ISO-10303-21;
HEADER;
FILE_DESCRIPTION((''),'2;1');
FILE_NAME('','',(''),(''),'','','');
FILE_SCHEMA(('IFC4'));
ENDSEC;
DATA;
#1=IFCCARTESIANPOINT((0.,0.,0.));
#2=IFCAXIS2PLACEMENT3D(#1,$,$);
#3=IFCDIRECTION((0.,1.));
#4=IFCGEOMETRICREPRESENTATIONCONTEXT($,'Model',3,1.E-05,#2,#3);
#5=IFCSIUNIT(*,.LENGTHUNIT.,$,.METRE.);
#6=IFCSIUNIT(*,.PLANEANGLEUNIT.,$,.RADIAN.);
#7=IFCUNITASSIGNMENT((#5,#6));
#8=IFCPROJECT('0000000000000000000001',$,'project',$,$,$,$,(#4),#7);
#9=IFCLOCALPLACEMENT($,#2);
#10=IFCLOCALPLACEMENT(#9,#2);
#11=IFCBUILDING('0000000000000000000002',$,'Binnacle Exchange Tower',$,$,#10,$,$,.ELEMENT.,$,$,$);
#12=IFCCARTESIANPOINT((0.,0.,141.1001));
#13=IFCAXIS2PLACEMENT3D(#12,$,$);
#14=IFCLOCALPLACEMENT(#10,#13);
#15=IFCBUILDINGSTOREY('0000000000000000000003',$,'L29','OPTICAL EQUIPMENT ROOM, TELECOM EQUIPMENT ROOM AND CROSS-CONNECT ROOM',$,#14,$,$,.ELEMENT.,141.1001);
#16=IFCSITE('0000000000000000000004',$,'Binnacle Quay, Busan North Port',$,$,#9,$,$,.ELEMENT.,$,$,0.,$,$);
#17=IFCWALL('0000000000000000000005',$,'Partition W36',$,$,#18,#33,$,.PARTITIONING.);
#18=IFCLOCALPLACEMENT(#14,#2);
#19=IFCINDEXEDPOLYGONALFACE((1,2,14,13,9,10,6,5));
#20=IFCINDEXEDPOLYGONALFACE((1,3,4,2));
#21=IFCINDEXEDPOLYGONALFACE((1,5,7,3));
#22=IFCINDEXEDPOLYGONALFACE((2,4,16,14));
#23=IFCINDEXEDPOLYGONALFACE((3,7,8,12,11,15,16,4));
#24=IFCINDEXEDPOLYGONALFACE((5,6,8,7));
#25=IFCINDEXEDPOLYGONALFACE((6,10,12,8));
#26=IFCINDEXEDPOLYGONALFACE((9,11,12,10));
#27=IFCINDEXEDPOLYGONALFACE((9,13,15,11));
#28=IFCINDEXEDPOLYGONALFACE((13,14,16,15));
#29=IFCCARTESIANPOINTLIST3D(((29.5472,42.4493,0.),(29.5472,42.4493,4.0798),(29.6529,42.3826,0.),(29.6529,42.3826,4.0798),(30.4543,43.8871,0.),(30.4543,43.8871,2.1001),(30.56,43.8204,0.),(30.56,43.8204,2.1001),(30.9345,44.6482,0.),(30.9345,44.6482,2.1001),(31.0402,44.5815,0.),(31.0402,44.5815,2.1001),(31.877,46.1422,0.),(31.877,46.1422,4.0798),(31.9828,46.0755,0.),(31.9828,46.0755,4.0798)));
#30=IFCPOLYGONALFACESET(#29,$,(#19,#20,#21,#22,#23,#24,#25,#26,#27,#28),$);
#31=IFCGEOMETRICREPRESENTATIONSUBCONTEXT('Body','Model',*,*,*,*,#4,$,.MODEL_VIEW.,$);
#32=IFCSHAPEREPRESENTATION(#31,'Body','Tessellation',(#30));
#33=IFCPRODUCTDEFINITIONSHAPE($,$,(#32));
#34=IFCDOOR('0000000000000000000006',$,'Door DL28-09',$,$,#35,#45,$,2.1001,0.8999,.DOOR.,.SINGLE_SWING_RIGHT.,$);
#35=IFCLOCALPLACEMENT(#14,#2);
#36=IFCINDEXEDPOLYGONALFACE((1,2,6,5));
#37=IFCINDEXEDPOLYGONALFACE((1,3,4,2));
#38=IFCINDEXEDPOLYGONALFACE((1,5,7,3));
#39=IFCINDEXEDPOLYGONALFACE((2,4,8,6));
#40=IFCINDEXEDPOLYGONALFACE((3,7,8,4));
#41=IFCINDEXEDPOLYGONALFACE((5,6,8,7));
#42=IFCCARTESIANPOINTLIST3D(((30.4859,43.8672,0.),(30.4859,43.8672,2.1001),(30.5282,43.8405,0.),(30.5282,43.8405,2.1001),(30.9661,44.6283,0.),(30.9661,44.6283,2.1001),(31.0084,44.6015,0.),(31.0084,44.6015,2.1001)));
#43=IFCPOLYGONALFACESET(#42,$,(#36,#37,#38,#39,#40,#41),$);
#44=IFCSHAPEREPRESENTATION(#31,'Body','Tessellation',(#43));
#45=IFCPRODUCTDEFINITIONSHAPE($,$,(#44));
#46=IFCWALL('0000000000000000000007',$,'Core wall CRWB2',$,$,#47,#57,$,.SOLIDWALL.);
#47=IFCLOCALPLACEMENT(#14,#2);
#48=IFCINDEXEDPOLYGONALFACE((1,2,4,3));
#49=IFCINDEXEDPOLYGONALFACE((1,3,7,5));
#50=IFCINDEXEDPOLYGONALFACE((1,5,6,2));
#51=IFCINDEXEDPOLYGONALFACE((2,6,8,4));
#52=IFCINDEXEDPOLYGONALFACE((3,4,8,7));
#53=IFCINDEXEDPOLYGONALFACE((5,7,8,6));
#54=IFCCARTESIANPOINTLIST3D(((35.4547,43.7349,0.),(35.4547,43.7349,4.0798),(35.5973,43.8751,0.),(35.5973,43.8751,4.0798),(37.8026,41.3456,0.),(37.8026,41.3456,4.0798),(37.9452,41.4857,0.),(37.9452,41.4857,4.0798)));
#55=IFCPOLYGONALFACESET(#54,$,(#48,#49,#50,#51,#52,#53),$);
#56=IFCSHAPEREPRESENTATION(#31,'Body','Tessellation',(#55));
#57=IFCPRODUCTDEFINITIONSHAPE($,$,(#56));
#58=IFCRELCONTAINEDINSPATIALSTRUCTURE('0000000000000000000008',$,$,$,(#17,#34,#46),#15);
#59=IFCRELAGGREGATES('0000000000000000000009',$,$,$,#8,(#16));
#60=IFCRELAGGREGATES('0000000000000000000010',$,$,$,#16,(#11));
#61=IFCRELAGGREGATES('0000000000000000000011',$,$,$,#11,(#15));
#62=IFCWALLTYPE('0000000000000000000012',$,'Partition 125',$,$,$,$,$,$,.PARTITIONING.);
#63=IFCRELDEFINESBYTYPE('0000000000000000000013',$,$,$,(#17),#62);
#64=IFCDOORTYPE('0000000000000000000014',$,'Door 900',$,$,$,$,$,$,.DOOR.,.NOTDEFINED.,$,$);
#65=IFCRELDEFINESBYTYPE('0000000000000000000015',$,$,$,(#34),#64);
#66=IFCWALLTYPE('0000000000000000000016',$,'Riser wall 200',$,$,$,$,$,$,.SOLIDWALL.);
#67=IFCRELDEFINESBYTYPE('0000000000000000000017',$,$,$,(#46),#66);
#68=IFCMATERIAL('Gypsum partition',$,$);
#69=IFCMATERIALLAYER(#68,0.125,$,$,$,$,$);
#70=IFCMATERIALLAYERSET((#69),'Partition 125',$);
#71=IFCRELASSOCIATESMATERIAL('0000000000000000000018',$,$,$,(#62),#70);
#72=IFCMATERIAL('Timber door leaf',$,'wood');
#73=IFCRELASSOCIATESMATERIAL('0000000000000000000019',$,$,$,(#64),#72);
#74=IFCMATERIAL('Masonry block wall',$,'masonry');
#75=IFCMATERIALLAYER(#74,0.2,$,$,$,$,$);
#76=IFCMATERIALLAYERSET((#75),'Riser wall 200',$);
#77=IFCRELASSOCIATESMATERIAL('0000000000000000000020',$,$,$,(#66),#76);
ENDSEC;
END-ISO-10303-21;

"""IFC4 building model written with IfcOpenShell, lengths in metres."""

from ifc_helpers import new_model, si_unit, direction, frame, frame_2d, origin, place, context, subcontext, project, spatial, rectangle, extrude, material, layer, layer_set, type_object, element, fill, save


model = new_model("IFC4")

# Units and contexts
model_context = context("Model", 3, precision=1e-05, world=origin(), true_north=direction((0.0, 1.0)))
body_context = subcontext(model_context, "Body", "Model", "MODEL_VIEW")
ifc_project = project(units=[si_unit("LENGTHUNIT", "METRE"), si_unit("PLANEANGLEUNIT", "RADIAN")], contexts=[model_context])

# Site, building, storey
site_placement = place(None, origin())
site = spatial("IfcSite", under=ifc_project, at=site_placement, Name="Binnacle Quay, Busan North Port", CompositionType="ELEMENT", RefElevation=0.0)
building_placement = place(site_placement, origin())
building = spatial("IfcBuilding", under=site, at=building_placement, Name="Binnacle Exchange Tower", CompositionType="ELEMENT")
storey_placement = place(building_placement, frame((0.0, 0.0, 141.1001)))
storey = spatial("IfcBuildingStorey", under=building, at=storey_placement, Name="L29", Description="OPTICAL EQUIPMENT ROOM, TELECOM EQUIPMENT ROOM AND CROSS-CONNECT ROOM", CompositionType="ELEMENT", Elevation=141.1001)

# Shared definitions
ifc_material_1 = material(Name="Masonry block wall", Category="masonry")

# Shared definitions
ifc_material_2 = material(Name="Gypsum partition")
ifc_layer_1 = layer(ifc_material_2, 0.125)
ifc_layer_set_1 = layer_set([ifc_layer_1], Name="Partition 125")
wall_type_1 = type_object("IfcWallType", Name="Partition 125", PredefinedType="PARTITIONING", material=ifc_layer_set_1)

# Wall, opening, door
wall_1_placement = place(storey_placement, frame((29.6001, 42.416, 0.0), z_axis=(0.0, 0.0, 1.0), x_axis=(0.533583, 0.845748, 0.0)))
wall_1 = element("IfcWall", 1, at=wall_1_placement, inside=storey, type_object=wall_type_1, Name="Partition W36", PredefinedType="PARTITIONING", context=body_context, shape_type="SweptSolid", body=[
    extrude(rectangle(XDim=4.3665, YDim=0.125, at=frame_2d((2.1831, 0.0))), origin(), (0.0, 0.0, 1.0), 4.0798),
])
opening_1_placement = place(wall_1_placement, frame((1.7, 0.0, 0.0)))
opening_1 = element("IfcOpeningElement", 2, at=opening_1_placement, cuts=wall_1, PredefinedType="OPENING", context=body_context, shape_type="SweptSolid", body=[
    extrude(rectangle(XDim=0.8999, YDim=2.1001, at=frame_2d((0.45, 1.05))), frame((0.0, 0.0725, 0.0), z_axis=(0.0, -1.0, 0.0), x_axis=(1.0, 0.0, 0.0)), (0.0, 0.0, 1.0), 0.145),
])
ifc_material_3 = material(Name="Timber door leaf", Category="wood")
door_type_1 = type_object("IfcDoorType", Name="Door 900", OperationType="NOTDEFINED", PredefinedType="DOOR", material=ifc_material_3)
door_1_placement = place(opening_1_placement, frame((0.8999, 0.0, 0.0), z_axis=(0.0, 0.0, 1.0), x_axis=(-1.0, 0.0, 0.0)))
door_1 = element("IfcDoor", 3, at=door_1_placement, inside=storey, type_object=door_type_1, Name="Door DL28-09", OperationType="SINGLE_SWING_RIGHT", OverallHeight=2.1001, OverallWidth=0.8999, PredefinedType="DOOR", context=body_context, shape_type="SweptSolid", body=[
    extrude(rectangle(XDim=0.8999, YDim=2.1001, at=frame_2d((0.45, 1.05))), frame((0.0, 0.0249, 0.0), z_axis=(0.0, -1.0, 0.0), x_axis=(1.0, 0.0, 0.0)), (0.0, 0.0, 1.0), 0.05),
])
fill(opening_1, door_1)

# Wall
ifc_layer_2 = layer(ifc_material_1, 0.2)
ifc_layer_set_2 = layer_set([ifc_layer_2], Name="Riser wall 200")
wall_type_2 = type_object("IfcWallType", Name="Riser wall 200", PredefinedType="SOLIDWALL", material=ifc_layer_set_2)
wall_2_placement = place(storey_placement, frame((35.5261, 43.8049, 0.0), z_axis=(0.0, 0.0, 1.0), x_axis=(0.700885, -0.713274, 0.0)))
element("IfcWall", 4, at=wall_2_placement, inside=storey, type_object=wall_type_2, Name="Core wall CRWB2", PredefinedType="SOLIDWALL", context=body_context, shape_type="SweptSolid", body=[
    extrude(rectangle(XDim=3.3499, YDim=0.2, at=frame_2d((1.6748, 0.0))), origin(), (0.0, 0.0, 1.0), 4.0798),
])

save(model, "model.ifc")
